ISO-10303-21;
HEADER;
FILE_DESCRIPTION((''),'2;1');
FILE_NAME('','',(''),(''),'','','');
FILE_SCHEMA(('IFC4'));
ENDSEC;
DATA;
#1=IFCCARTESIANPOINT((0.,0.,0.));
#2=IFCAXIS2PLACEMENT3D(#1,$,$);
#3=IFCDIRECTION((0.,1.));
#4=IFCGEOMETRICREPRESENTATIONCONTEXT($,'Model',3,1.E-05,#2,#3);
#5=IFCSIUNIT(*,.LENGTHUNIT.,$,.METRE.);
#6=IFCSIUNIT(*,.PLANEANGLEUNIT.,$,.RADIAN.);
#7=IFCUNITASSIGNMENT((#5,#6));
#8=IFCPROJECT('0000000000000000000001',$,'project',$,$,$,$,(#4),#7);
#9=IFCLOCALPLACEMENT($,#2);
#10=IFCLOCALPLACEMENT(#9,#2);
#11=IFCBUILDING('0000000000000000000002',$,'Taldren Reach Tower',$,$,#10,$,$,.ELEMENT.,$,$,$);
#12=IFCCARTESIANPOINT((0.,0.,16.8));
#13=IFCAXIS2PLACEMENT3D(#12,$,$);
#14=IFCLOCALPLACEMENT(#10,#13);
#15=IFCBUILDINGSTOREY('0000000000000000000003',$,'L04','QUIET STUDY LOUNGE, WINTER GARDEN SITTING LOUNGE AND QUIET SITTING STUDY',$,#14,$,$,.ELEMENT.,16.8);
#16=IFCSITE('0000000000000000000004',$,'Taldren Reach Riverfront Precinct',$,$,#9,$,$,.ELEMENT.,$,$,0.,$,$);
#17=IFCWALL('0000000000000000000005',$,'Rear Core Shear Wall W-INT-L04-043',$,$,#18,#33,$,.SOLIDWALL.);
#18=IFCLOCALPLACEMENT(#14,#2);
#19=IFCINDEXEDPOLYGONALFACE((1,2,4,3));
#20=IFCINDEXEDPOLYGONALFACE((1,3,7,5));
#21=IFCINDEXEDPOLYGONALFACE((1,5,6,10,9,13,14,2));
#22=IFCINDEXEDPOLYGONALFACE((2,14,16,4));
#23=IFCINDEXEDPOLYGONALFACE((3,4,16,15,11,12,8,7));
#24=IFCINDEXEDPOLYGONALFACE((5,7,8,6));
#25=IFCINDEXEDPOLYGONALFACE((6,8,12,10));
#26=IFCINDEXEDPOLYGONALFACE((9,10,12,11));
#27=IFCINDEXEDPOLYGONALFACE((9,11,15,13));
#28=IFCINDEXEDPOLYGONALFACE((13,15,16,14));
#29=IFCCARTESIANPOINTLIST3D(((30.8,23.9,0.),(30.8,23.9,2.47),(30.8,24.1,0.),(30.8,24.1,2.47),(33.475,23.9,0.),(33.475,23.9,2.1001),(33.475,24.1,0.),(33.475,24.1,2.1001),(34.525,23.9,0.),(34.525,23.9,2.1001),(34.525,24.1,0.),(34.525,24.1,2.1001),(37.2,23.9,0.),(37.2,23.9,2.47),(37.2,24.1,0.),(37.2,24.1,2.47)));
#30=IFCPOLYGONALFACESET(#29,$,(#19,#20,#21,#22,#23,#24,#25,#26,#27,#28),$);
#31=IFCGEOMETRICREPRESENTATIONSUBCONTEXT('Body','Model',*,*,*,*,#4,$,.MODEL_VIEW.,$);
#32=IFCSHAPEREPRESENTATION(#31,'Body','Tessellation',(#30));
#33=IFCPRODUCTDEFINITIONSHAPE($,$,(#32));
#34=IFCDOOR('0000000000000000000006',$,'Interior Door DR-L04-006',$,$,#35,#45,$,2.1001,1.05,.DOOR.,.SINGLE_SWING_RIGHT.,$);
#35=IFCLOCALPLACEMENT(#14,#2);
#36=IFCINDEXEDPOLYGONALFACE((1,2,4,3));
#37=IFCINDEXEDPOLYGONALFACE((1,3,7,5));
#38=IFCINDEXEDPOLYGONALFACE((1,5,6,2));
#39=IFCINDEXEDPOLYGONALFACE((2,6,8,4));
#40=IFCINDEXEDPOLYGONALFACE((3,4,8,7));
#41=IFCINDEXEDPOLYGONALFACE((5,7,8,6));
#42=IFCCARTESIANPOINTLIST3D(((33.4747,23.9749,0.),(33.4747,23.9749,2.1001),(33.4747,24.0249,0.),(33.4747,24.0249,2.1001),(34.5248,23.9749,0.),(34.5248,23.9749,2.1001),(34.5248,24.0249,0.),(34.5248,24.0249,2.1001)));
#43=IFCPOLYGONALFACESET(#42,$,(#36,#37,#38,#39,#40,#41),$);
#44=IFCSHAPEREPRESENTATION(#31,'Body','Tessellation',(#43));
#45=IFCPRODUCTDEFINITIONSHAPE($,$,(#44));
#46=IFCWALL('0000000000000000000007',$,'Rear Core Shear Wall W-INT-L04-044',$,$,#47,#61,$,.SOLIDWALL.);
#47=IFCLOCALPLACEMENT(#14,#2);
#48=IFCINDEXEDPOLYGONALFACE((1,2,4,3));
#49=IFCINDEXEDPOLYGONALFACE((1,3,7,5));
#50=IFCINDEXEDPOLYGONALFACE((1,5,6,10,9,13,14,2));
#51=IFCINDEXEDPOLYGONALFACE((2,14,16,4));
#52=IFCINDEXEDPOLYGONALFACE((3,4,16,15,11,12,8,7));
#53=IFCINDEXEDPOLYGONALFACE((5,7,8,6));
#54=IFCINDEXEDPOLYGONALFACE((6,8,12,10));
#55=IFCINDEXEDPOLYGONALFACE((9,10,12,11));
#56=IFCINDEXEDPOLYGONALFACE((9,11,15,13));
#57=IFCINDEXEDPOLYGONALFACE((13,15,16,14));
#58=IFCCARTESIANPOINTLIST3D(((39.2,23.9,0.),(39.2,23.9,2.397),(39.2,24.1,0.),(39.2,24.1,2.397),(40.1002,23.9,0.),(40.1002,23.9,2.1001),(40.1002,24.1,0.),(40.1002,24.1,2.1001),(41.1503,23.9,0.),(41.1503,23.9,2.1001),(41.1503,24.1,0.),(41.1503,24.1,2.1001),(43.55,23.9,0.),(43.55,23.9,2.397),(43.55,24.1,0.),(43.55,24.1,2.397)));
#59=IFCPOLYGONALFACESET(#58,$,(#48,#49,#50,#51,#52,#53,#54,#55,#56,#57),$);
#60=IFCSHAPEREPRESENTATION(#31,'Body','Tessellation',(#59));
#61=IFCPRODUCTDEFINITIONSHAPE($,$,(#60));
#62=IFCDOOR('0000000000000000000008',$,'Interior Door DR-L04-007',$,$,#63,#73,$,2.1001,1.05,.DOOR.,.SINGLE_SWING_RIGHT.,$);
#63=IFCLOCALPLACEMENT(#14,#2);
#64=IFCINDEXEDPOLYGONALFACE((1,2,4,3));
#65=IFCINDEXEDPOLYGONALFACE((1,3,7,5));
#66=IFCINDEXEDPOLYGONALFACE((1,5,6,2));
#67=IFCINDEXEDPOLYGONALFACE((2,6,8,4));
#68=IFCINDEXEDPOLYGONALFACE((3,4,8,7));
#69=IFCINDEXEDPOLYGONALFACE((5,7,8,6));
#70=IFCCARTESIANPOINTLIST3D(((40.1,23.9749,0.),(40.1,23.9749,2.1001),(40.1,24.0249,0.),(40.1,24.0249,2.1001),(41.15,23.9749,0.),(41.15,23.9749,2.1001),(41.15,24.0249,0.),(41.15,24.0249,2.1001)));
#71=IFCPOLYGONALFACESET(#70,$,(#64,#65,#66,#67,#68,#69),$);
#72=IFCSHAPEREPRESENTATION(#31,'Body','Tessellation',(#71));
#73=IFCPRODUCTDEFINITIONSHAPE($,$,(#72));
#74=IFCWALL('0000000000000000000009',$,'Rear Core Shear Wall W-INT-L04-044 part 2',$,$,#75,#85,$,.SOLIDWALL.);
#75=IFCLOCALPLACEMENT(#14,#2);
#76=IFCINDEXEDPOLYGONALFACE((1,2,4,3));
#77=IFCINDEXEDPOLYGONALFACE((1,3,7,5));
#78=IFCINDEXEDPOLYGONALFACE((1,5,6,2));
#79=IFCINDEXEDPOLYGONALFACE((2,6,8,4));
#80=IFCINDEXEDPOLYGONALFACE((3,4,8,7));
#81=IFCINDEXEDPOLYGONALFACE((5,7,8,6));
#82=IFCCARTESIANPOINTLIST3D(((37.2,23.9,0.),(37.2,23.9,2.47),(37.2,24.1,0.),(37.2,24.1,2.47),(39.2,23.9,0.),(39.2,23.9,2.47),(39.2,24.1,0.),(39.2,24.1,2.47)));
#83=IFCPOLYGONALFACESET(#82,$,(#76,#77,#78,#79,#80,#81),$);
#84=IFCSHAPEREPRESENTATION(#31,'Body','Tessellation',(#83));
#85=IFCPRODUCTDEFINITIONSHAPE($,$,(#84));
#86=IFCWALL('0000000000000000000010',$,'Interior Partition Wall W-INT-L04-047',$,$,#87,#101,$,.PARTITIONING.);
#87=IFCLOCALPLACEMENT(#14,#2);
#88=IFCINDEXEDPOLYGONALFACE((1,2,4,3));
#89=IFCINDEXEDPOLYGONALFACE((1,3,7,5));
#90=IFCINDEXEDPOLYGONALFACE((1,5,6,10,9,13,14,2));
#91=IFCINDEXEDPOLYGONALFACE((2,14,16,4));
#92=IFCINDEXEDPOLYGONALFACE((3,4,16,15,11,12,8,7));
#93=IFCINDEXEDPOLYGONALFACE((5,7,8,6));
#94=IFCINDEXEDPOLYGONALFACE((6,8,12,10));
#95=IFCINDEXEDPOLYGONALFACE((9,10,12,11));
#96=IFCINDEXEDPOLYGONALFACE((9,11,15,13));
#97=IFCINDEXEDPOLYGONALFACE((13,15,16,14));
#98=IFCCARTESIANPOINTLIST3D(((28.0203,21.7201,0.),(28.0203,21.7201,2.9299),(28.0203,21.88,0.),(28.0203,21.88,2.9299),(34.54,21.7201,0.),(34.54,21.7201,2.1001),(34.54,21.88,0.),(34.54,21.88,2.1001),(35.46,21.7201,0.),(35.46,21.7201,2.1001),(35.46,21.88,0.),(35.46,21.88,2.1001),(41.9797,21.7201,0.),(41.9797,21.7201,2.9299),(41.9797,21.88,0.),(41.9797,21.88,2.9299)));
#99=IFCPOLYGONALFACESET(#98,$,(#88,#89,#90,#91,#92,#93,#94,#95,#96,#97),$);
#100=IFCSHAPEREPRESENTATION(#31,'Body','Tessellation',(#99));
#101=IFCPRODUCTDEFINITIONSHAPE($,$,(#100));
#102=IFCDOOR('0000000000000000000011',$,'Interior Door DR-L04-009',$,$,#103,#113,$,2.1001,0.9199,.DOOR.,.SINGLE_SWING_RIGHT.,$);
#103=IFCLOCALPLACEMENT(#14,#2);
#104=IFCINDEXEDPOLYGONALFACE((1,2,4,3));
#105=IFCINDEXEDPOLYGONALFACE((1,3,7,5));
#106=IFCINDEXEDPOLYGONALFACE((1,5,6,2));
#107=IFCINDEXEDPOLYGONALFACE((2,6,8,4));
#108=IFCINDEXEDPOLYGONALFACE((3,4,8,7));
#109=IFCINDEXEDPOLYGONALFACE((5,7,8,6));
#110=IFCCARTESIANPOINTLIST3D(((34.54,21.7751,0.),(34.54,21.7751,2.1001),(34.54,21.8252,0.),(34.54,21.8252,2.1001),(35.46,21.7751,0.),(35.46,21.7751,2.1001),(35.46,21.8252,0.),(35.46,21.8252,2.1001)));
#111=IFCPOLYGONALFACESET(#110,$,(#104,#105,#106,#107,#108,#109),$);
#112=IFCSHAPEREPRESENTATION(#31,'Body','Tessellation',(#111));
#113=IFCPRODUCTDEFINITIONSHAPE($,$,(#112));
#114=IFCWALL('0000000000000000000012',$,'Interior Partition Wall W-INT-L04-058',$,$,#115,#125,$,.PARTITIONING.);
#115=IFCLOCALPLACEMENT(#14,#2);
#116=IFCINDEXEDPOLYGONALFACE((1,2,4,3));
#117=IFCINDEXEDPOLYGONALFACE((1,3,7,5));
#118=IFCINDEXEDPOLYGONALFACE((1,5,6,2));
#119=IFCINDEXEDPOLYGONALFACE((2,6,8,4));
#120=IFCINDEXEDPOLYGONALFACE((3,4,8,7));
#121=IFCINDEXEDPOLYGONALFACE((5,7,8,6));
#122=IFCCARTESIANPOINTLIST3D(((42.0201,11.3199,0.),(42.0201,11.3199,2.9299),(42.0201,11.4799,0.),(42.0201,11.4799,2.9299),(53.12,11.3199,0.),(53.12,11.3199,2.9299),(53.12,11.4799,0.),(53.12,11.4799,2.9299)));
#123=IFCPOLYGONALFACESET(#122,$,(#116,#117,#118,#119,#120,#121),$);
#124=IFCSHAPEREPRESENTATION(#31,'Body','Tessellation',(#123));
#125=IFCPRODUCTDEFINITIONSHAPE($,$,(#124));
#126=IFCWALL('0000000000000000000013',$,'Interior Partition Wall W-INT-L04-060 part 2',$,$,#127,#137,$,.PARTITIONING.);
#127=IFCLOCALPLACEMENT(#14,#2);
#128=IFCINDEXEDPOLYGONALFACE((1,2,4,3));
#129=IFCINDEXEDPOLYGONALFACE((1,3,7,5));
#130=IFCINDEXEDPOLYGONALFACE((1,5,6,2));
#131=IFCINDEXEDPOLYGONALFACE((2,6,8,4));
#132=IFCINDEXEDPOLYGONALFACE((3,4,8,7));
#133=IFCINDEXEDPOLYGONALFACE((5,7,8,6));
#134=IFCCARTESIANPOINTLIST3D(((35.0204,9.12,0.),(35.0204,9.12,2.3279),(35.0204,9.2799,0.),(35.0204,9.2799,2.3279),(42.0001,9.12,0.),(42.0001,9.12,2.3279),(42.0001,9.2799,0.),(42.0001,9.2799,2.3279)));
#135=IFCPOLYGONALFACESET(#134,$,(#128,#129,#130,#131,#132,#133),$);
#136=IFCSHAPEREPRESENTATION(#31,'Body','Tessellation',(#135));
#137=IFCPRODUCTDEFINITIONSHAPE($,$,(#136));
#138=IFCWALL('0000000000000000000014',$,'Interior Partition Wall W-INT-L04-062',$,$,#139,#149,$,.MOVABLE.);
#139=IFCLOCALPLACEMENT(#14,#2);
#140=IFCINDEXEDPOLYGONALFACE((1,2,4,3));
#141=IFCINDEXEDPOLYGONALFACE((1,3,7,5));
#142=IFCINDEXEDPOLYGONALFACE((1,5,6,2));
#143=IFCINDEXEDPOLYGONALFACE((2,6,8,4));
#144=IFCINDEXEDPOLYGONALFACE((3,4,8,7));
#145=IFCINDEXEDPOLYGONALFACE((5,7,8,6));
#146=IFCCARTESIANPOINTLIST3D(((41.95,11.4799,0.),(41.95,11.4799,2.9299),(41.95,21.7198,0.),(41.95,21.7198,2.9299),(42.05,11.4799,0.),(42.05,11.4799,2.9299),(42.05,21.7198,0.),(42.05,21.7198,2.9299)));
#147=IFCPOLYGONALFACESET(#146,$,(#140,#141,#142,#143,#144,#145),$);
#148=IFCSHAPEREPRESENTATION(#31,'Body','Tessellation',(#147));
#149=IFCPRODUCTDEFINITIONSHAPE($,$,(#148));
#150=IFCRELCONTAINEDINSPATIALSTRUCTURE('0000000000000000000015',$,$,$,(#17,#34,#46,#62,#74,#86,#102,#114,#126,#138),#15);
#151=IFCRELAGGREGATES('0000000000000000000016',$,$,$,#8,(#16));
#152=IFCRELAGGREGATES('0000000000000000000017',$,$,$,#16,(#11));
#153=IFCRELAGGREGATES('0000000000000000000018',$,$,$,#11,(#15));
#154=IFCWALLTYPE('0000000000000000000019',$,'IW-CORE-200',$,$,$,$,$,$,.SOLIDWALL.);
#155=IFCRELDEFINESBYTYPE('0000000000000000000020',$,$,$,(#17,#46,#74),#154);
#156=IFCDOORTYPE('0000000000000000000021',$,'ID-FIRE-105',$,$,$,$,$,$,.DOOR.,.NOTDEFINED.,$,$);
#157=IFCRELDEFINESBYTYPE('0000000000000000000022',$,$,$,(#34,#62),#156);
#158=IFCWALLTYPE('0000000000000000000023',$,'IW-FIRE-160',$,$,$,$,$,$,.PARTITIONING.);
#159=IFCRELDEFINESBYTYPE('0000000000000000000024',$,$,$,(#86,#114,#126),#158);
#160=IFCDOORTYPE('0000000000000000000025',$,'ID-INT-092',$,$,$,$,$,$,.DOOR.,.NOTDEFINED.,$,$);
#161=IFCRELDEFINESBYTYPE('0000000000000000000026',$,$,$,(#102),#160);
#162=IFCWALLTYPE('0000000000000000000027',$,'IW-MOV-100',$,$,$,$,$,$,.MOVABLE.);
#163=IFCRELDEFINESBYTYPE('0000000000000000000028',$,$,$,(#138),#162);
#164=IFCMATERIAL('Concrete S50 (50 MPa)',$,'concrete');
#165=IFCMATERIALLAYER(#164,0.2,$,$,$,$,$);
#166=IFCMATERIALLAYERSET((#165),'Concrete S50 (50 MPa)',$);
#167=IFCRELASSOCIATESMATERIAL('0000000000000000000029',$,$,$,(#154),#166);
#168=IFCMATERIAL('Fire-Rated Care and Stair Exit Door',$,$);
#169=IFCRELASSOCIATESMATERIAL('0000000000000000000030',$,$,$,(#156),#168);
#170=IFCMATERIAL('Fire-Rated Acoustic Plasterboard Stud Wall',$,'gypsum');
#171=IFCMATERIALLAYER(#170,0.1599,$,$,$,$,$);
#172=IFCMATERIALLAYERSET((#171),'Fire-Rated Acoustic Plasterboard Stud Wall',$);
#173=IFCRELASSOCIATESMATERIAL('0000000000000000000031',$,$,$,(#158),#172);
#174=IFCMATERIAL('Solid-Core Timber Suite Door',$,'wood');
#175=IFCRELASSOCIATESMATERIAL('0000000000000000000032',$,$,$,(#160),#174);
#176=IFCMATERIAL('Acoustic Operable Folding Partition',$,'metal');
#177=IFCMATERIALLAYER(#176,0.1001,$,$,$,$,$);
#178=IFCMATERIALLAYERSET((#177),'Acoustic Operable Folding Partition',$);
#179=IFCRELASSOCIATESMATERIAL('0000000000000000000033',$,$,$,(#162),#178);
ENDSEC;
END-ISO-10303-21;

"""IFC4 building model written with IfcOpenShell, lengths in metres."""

from ifc_helpers import new_model, si_unit, direction, frame, frame_2d, origin, place, context, subcontext, project, spatial, rectangle, extrude, source, transform, mapped, material, layer, layer_set, type_object, element, fill, save


model = new_model("IFC4")

# Units and contexts
model_context = context("Model", 3, precision=1e-05, world=origin(), true_north=direction((0.0, 1.0)))
body_context = subcontext(model_context, "Body", "Model", "MODEL_VIEW")
ifc_project = project(units=[si_unit("LENGTHUNIT", "METRE"), si_unit("PLANEANGLEUNIT", "RADIAN")], contexts=[model_context])

# Site, building, storey
site_placement = place(None, origin())
site = spatial("IfcSite", under=ifc_project, at=site_placement, Name="Taldren Reach Riverfront Precinct", CompositionType="ELEMENT", RefElevation=0.0)
building_placement = place(site_placement, origin())
building = spatial("IfcBuilding", under=site, at=building_placement, Name="Taldren Reach Tower", CompositionType="ELEMENT")
storey_placement = place(building_placement, frame((0.0, 0.0, 16.8)))
storey = spatial("IfcBuildingStorey", under=building, at=storey_placement, Name="L04", Description="QUIET STUDY LOUNGE, WINTER GARDEN SITTING LOUNGE AND QUIET SITTING STUDY", CompositionType="ELEMENT", Elevation=16.8)

# Walls, openings, doors
ifc_material_1 = material(Name="Concrete S50 (50 MPa)", Category="concrete")
ifc_layer_1 = layer(ifc_material_1, 0.2)
ifc_layer_set_1 = layer_set([ifc_layer_1], Name="Concrete S50 (50 MPa)")
wall_type_1 = type_object("IfcWallType", Name="IW-CORE-200", PredefinedType="SOLIDWALL", material=ifc_layer_set_1)
shared_shape_1 = source(origin(), body_context, "Body", "SweptSolid", [
    extrude(rectangle(XDim=1.05, YDim=2.1001, at=frame_2d((0.5249, 1.05))), frame((0.0, 0.1099, 0.0), z_axis=(0.0, -1.0, 0.0), x_axis=(1.0, 0.0, 0.0)), (0.0, 0.0, 1.0), 0.22),
])
ifc_material_2 = material(Name="Fire-Rated Care and Stair Exit Door")
door_type_1 = type_object("IfcDoorType", Name="ID-FIRE-105", OperationType="NOTDEFINED", PredefinedType="DOOR", material=ifc_material_2)
shared_shape_2 = source(origin(), body_context, "Body", "SweptSolid", [
    extrude(rectangle(XDim=1.05, YDim=2.1001, at=frame_2d((0.5249, 1.05))), frame((0.0, 0.0249, 0.0), z_axis=(0.0, -1.0, 0.0), x_axis=(1.0, 0.0, 0.0)), (0.0, 0.0, 1.0), 0.05),
])
shared_shape_3 = source(origin(), body_context, "Body", "SweptSolid", [
    extrude(rectangle(XDim=6.3999, YDim=0.2, at=frame_2d((3.2, 0.0))), origin(), (0.0, 0.0, 1.0), 2.47),
])
wall_1_placement = place(storey_placement, frame((37.2, 24.0, 0.0), z_axis=(0.0, 0.0, 1.0), x_axis=(-1.0, 0.0, 0.0)))
wall_1 = element("IfcWall", 1, at=wall_1_placement, inside=storey, type_object=wall_type_1, Name="Rear Core Shear Wall W-INT-L04-043", PredefinedType="SOLIDWALL", context=body_context, shape_type="MappedRepresentation", body=[
    mapped(shared_shape_3, transform((0.0, 0.0, 0.0), scale=1.0)),
])
opening_1_placement = place(wall_1_placement, frame((2.675, 0.0, 0.0)))
opening_1 = element("IfcOpeningElement", 2, at=opening_1_placement, cuts=wall_1, PredefinedType="OPENING", context=body_context, shape_type="MappedRepresentation", body=[
    mapped(shared_shape_1, transform((0.0, 0.0, 0.0), scale=1.0)),
])
door_1_placement = place(opening_1_placement, frame((1.05, 0.0, 0.0), z_axis=(0.0, 0.0, 1.0), x_axis=(-1.0, 0.0, 0.0)))
door_1 = element("IfcDoor", 3, at=door_1_placement, inside=storey, type_object=door_type_1, Name="Interior Door DR-L04-006", OperationType="SINGLE_SWING_RIGHT", OverallHeight=2.1001, OverallWidth=1.05, PredefinedType="DOOR", context=body_context, shape_type="MappedRepresentation", body=[
    mapped(shared_shape_2, transform((0.0, 0.0, 0.0), scale=1.0)),
])
fill(opening_1, door_1)
shared_shape_4 = source(origin(), body_context, "Body", "SweptSolid", [
    extrude(rectangle(XDim=4.3501, YDim=0.2, at=frame_2d((2.175, 0.0))), origin(), (0.0, 0.0, 1.0), 2.397),
])
wall_2_placement = place(storey_placement, frame((43.55, 24.0, 0.0), z_axis=(0.0, 0.0, 1.0), x_axis=(-1.0, 0.0, 0.0)))
wall_2 = element("IfcWall", 4, at=wall_2_placement, inside=storey, type_object=wall_type_1, Name="Rear Core Shear Wall W-INT-L04-044", PredefinedType="SOLIDWALL", context=body_context, shape_type="MappedRepresentation", body=[
    mapped(shared_shape_4, transform((0.0, 0.0, 0.0), scale=1.0)),
])
opening_2_placement = place(wall_2_placement, frame((2.3999, 0.0, 0.0)))
opening_2 = element("IfcOpeningElement", 5, at=opening_2_placement, cuts=wall_2, PredefinedType="OPENING", context=body_context, shape_type="MappedRepresentation", body=[
    mapped(shared_shape_1, transform((0.0, 0.0, 0.0), scale=1.0)),
])
door_2_placement = place(opening_2_placement, frame((1.05, 0.0, 0.0), z_axis=(0.0, 0.0, 1.0), x_axis=(-1.0, 0.0, 0.0)))
door_2 = element("IfcDoor", 6, at=door_2_placement, inside=storey, type_object=door_type_1, Name="Interior Door DR-L04-007", OperationType="SINGLE_SWING_RIGHT", OverallHeight=2.1001, OverallWidth=1.05, PredefinedType="DOOR", context=body_context, shape_type="MappedRepresentation", body=[
    mapped(shared_shape_2, transform((0.0, 0.0, 0.0), scale=1.0)),
])
fill(opening_2, door_2)

# Wall
shared_shape_5 = source(origin(), body_context, "Body", "SweptSolid", [
    extrude(rectangle(XDim=2.0, YDim=0.2, at=frame_2d((1.0, 0.0))), origin(), (0.0, 0.0, 1.0), 2.47),
])
wall_3_placement = place(storey_placement, frame((39.2, 24.0, 0.0), z_axis=(0.0, 0.0, 1.0), x_axis=(-1.0, 0.0, 0.0)))
element("IfcWall", 7, at=wall_3_placement, inside=storey, type_object=wall_type_1, Name="Rear Core Shear Wall W-INT-L04-044 part 2", PredefinedType="SOLIDWALL", context=body_context, shape_type="MappedRepresentation", body=[
    mapped(shared_shape_5, transform((0.0, 0.0, 0.0), scale=1.0)),
])

# Wall, opening, door
ifc_material_3 = material(Name="Fire-Rated Acoustic Plasterboard Stud Wall", Category="gypsum")
ifc_layer_2 = layer(ifc_material_3, 0.1599)
ifc_layer_set_2 = layer_set([ifc_layer_2], Name="Fire-Rated Acoustic Plasterboard Stud Wall")
wall_type_2 = type_object("IfcWallType", Name="IW-FIRE-160", PredefinedType="PARTITIONING", material=ifc_layer_set_2)
shared_shape_6 = source(origin(), body_context, "Body", "SweptSolid", [
    extrude(rectangle(XDim=13.9595, YDim=0.1599, at=frame_2d((6.9797, 0.0))), origin(), (0.0, 0.0, 1.0), 2.9299),
])
wall_4_placement = place(storey_placement, frame((41.9797, 21.8, 0.0), z_axis=(0.0, 0.0, 1.0), x_axis=(-1.0, 0.0, 0.0)))
wall_4 = element("IfcWall", 8, at=wall_4_placement, inside=storey, type_object=wall_type_2, Name="Interior Partition Wall W-INT-L04-047", PredefinedType="PARTITIONING", context=body_context, shape_type="MappedRepresentation", body=[
    mapped(shared_shape_6, transform((0.0, 0.0, 0.0), scale=1.0)),
])
shared_shape_7 = source(origin(), body_context, "Body", "SweptSolid", [
    extrude(rectangle(XDim=0.9199, YDim=2.1001, at=frame_2d((0.46, 1.05))), frame((0.0, 0.0898, 0.0), z_axis=(0.0, -1.0, 0.0), x_axis=(1.0, 0.0, 0.0)), (0.0, 0.0, 1.0), 0.1799),
])
opening_3_placement = place(wall_4_placement, frame((6.5198, 0.0, 0.0)))
opening_3 = element("IfcOpeningElement", 9, at=opening_3_placement, cuts=wall_4, PredefinedType="OPENING", context=body_context, shape_type="MappedRepresentation", body=[
    mapped(shared_shape_7, transform((0.0, 0.0, 0.0), scale=1.0)),
])
ifc_material_4 = material(Name="Solid-Core Timber Suite Door", Category="wood")
door_type_2 = type_object("IfcDoorType", Name="ID-INT-092", OperationType="NOTDEFINED", PredefinedType="DOOR", material=ifc_material_4)
shared_shape_8 = source(origin(), body_context, "Body", "SweptSolid", [
    extrude(rectangle(XDim=0.9199, YDim=2.1001, at=frame_2d((0.46, 1.05))), frame((0.0, 0.0249, 0.0), z_axis=(0.0, -1.0, 0.0), x_axis=(1.0, 0.0, 0.0)), (0.0, 0.0, 1.0), 0.05),
])
door_3_placement = place(opening_3_placement, origin())
door_3 = element("IfcDoor", 10, at=door_3_placement, inside=storey, type_object=door_type_2, Name="Interior Door DR-L04-009", OperationType="SINGLE_SWING_RIGHT", OverallHeight=2.1001, OverallWidth=0.9199, PredefinedType="DOOR", context=body_context, shape_type="MappedRepresentation", body=[
    mapped(shared_shape_8, transform((0.0, 0.0, 0.0), scale=1.0)),
])
fill(opening_3, door_3)

# Walls
shared_shape_9 = source(origin(), body_context, "Body", "SweptSolid", [
    extrude(rectangle(XDim=11.0999, YDim=0.1599, at=frame_2d((5.5498, 0.0))), origin(), (0.0, 0.0, 1.0), 2.9299),
])
wall_5_placement = place(storey_placement, frame((42.0203, 11.3999, 0.0), z_axis=(0.0, 0.0, 1.0), x_axis=(1.0, 0.0, 0.0)))
element("IfcWall", 11, at=wall_5_placement, inside=storey, type_object=wall_type_2, Name="Interior Partition Wall W-INT-L04-058", PredefinedType="PARTITIONING", context=body_context, shape_type="MappedRepresentation", body=[
    mapped(shared_shape_9, transform((0.0, 0.0, 0.0), scale=1.0)),
])
shared_shape_10 = source(origin(), body_context, "Body", "SweptSolid", [
    extrude(rectangle(XDim=6.9797, YDim=0.1599, at=frame_2d((3.4897, 0.0))), origin(), (0.0, 0.0, 1.0), 2.3279),
])
wall_6_placement = place(storey_placement, frame((42.0, 9.2, 0.0), z_axis=(0.0, 0.0, 1.0), x_axis=(-1.0, 0.0, 0.0)))
element("IfcWall", 12, at=wall_6_placement, inside=storey, type_object=wall_type_2, Name="Interior Partition Wall W-INT-L04-060 part 2", PredefinedType="PARTITIONING", context=body_context, shape_type="MappedRepresentation", body=[
    mapped(shared_shape_10, transform((0.0, 0.0, 0.0), scale=1.0)),
])
ifc_material_5 = material(Name="Acoustic Operable Folding Partition", Category="metal")
ifc_layer_3 = layer(ifc_material_5, 0.1001)
ifc_layer_set_3 = layer_set([ifc_layer_3], Name="Acoustic Operable Folding Partition")
wall_type_3 = type_object("IfcWallType", Name="IW-MOV-100", PredefinedType="MOVABLE", material=ifc_layer_set_3)
shared_shape_11 = source(origin(), body_context, "Body", "SweptSolid", [
    extrude(rectangle(XDim=10.24, YDim=0.1001, at=frame_2d((5.1201, 0.0))), origin(), (0.0, 0.0, 1.0), 2.9299),
])
wall_7_placement = place(storey_placement, frame((42.0, 21.72, 0.0), z_axis=(0.0, 0.0, 1.0), x_axis=(0.0, -1.0, 0.0)))
element("IfcWall", 13, at=wall_7_placement, inside=storey, type_object=wall_type_3, Name="Interior Partition Wall W-INT-L04-062", PredefinedType="MOVABLE", context=body_context, shape_type="MappedRepresentation", body=[
    mapped(shared_shape_11, transform((0.0, 0.0, 0.0), scale=1.0)),
])

save(model, "model.ifc")
